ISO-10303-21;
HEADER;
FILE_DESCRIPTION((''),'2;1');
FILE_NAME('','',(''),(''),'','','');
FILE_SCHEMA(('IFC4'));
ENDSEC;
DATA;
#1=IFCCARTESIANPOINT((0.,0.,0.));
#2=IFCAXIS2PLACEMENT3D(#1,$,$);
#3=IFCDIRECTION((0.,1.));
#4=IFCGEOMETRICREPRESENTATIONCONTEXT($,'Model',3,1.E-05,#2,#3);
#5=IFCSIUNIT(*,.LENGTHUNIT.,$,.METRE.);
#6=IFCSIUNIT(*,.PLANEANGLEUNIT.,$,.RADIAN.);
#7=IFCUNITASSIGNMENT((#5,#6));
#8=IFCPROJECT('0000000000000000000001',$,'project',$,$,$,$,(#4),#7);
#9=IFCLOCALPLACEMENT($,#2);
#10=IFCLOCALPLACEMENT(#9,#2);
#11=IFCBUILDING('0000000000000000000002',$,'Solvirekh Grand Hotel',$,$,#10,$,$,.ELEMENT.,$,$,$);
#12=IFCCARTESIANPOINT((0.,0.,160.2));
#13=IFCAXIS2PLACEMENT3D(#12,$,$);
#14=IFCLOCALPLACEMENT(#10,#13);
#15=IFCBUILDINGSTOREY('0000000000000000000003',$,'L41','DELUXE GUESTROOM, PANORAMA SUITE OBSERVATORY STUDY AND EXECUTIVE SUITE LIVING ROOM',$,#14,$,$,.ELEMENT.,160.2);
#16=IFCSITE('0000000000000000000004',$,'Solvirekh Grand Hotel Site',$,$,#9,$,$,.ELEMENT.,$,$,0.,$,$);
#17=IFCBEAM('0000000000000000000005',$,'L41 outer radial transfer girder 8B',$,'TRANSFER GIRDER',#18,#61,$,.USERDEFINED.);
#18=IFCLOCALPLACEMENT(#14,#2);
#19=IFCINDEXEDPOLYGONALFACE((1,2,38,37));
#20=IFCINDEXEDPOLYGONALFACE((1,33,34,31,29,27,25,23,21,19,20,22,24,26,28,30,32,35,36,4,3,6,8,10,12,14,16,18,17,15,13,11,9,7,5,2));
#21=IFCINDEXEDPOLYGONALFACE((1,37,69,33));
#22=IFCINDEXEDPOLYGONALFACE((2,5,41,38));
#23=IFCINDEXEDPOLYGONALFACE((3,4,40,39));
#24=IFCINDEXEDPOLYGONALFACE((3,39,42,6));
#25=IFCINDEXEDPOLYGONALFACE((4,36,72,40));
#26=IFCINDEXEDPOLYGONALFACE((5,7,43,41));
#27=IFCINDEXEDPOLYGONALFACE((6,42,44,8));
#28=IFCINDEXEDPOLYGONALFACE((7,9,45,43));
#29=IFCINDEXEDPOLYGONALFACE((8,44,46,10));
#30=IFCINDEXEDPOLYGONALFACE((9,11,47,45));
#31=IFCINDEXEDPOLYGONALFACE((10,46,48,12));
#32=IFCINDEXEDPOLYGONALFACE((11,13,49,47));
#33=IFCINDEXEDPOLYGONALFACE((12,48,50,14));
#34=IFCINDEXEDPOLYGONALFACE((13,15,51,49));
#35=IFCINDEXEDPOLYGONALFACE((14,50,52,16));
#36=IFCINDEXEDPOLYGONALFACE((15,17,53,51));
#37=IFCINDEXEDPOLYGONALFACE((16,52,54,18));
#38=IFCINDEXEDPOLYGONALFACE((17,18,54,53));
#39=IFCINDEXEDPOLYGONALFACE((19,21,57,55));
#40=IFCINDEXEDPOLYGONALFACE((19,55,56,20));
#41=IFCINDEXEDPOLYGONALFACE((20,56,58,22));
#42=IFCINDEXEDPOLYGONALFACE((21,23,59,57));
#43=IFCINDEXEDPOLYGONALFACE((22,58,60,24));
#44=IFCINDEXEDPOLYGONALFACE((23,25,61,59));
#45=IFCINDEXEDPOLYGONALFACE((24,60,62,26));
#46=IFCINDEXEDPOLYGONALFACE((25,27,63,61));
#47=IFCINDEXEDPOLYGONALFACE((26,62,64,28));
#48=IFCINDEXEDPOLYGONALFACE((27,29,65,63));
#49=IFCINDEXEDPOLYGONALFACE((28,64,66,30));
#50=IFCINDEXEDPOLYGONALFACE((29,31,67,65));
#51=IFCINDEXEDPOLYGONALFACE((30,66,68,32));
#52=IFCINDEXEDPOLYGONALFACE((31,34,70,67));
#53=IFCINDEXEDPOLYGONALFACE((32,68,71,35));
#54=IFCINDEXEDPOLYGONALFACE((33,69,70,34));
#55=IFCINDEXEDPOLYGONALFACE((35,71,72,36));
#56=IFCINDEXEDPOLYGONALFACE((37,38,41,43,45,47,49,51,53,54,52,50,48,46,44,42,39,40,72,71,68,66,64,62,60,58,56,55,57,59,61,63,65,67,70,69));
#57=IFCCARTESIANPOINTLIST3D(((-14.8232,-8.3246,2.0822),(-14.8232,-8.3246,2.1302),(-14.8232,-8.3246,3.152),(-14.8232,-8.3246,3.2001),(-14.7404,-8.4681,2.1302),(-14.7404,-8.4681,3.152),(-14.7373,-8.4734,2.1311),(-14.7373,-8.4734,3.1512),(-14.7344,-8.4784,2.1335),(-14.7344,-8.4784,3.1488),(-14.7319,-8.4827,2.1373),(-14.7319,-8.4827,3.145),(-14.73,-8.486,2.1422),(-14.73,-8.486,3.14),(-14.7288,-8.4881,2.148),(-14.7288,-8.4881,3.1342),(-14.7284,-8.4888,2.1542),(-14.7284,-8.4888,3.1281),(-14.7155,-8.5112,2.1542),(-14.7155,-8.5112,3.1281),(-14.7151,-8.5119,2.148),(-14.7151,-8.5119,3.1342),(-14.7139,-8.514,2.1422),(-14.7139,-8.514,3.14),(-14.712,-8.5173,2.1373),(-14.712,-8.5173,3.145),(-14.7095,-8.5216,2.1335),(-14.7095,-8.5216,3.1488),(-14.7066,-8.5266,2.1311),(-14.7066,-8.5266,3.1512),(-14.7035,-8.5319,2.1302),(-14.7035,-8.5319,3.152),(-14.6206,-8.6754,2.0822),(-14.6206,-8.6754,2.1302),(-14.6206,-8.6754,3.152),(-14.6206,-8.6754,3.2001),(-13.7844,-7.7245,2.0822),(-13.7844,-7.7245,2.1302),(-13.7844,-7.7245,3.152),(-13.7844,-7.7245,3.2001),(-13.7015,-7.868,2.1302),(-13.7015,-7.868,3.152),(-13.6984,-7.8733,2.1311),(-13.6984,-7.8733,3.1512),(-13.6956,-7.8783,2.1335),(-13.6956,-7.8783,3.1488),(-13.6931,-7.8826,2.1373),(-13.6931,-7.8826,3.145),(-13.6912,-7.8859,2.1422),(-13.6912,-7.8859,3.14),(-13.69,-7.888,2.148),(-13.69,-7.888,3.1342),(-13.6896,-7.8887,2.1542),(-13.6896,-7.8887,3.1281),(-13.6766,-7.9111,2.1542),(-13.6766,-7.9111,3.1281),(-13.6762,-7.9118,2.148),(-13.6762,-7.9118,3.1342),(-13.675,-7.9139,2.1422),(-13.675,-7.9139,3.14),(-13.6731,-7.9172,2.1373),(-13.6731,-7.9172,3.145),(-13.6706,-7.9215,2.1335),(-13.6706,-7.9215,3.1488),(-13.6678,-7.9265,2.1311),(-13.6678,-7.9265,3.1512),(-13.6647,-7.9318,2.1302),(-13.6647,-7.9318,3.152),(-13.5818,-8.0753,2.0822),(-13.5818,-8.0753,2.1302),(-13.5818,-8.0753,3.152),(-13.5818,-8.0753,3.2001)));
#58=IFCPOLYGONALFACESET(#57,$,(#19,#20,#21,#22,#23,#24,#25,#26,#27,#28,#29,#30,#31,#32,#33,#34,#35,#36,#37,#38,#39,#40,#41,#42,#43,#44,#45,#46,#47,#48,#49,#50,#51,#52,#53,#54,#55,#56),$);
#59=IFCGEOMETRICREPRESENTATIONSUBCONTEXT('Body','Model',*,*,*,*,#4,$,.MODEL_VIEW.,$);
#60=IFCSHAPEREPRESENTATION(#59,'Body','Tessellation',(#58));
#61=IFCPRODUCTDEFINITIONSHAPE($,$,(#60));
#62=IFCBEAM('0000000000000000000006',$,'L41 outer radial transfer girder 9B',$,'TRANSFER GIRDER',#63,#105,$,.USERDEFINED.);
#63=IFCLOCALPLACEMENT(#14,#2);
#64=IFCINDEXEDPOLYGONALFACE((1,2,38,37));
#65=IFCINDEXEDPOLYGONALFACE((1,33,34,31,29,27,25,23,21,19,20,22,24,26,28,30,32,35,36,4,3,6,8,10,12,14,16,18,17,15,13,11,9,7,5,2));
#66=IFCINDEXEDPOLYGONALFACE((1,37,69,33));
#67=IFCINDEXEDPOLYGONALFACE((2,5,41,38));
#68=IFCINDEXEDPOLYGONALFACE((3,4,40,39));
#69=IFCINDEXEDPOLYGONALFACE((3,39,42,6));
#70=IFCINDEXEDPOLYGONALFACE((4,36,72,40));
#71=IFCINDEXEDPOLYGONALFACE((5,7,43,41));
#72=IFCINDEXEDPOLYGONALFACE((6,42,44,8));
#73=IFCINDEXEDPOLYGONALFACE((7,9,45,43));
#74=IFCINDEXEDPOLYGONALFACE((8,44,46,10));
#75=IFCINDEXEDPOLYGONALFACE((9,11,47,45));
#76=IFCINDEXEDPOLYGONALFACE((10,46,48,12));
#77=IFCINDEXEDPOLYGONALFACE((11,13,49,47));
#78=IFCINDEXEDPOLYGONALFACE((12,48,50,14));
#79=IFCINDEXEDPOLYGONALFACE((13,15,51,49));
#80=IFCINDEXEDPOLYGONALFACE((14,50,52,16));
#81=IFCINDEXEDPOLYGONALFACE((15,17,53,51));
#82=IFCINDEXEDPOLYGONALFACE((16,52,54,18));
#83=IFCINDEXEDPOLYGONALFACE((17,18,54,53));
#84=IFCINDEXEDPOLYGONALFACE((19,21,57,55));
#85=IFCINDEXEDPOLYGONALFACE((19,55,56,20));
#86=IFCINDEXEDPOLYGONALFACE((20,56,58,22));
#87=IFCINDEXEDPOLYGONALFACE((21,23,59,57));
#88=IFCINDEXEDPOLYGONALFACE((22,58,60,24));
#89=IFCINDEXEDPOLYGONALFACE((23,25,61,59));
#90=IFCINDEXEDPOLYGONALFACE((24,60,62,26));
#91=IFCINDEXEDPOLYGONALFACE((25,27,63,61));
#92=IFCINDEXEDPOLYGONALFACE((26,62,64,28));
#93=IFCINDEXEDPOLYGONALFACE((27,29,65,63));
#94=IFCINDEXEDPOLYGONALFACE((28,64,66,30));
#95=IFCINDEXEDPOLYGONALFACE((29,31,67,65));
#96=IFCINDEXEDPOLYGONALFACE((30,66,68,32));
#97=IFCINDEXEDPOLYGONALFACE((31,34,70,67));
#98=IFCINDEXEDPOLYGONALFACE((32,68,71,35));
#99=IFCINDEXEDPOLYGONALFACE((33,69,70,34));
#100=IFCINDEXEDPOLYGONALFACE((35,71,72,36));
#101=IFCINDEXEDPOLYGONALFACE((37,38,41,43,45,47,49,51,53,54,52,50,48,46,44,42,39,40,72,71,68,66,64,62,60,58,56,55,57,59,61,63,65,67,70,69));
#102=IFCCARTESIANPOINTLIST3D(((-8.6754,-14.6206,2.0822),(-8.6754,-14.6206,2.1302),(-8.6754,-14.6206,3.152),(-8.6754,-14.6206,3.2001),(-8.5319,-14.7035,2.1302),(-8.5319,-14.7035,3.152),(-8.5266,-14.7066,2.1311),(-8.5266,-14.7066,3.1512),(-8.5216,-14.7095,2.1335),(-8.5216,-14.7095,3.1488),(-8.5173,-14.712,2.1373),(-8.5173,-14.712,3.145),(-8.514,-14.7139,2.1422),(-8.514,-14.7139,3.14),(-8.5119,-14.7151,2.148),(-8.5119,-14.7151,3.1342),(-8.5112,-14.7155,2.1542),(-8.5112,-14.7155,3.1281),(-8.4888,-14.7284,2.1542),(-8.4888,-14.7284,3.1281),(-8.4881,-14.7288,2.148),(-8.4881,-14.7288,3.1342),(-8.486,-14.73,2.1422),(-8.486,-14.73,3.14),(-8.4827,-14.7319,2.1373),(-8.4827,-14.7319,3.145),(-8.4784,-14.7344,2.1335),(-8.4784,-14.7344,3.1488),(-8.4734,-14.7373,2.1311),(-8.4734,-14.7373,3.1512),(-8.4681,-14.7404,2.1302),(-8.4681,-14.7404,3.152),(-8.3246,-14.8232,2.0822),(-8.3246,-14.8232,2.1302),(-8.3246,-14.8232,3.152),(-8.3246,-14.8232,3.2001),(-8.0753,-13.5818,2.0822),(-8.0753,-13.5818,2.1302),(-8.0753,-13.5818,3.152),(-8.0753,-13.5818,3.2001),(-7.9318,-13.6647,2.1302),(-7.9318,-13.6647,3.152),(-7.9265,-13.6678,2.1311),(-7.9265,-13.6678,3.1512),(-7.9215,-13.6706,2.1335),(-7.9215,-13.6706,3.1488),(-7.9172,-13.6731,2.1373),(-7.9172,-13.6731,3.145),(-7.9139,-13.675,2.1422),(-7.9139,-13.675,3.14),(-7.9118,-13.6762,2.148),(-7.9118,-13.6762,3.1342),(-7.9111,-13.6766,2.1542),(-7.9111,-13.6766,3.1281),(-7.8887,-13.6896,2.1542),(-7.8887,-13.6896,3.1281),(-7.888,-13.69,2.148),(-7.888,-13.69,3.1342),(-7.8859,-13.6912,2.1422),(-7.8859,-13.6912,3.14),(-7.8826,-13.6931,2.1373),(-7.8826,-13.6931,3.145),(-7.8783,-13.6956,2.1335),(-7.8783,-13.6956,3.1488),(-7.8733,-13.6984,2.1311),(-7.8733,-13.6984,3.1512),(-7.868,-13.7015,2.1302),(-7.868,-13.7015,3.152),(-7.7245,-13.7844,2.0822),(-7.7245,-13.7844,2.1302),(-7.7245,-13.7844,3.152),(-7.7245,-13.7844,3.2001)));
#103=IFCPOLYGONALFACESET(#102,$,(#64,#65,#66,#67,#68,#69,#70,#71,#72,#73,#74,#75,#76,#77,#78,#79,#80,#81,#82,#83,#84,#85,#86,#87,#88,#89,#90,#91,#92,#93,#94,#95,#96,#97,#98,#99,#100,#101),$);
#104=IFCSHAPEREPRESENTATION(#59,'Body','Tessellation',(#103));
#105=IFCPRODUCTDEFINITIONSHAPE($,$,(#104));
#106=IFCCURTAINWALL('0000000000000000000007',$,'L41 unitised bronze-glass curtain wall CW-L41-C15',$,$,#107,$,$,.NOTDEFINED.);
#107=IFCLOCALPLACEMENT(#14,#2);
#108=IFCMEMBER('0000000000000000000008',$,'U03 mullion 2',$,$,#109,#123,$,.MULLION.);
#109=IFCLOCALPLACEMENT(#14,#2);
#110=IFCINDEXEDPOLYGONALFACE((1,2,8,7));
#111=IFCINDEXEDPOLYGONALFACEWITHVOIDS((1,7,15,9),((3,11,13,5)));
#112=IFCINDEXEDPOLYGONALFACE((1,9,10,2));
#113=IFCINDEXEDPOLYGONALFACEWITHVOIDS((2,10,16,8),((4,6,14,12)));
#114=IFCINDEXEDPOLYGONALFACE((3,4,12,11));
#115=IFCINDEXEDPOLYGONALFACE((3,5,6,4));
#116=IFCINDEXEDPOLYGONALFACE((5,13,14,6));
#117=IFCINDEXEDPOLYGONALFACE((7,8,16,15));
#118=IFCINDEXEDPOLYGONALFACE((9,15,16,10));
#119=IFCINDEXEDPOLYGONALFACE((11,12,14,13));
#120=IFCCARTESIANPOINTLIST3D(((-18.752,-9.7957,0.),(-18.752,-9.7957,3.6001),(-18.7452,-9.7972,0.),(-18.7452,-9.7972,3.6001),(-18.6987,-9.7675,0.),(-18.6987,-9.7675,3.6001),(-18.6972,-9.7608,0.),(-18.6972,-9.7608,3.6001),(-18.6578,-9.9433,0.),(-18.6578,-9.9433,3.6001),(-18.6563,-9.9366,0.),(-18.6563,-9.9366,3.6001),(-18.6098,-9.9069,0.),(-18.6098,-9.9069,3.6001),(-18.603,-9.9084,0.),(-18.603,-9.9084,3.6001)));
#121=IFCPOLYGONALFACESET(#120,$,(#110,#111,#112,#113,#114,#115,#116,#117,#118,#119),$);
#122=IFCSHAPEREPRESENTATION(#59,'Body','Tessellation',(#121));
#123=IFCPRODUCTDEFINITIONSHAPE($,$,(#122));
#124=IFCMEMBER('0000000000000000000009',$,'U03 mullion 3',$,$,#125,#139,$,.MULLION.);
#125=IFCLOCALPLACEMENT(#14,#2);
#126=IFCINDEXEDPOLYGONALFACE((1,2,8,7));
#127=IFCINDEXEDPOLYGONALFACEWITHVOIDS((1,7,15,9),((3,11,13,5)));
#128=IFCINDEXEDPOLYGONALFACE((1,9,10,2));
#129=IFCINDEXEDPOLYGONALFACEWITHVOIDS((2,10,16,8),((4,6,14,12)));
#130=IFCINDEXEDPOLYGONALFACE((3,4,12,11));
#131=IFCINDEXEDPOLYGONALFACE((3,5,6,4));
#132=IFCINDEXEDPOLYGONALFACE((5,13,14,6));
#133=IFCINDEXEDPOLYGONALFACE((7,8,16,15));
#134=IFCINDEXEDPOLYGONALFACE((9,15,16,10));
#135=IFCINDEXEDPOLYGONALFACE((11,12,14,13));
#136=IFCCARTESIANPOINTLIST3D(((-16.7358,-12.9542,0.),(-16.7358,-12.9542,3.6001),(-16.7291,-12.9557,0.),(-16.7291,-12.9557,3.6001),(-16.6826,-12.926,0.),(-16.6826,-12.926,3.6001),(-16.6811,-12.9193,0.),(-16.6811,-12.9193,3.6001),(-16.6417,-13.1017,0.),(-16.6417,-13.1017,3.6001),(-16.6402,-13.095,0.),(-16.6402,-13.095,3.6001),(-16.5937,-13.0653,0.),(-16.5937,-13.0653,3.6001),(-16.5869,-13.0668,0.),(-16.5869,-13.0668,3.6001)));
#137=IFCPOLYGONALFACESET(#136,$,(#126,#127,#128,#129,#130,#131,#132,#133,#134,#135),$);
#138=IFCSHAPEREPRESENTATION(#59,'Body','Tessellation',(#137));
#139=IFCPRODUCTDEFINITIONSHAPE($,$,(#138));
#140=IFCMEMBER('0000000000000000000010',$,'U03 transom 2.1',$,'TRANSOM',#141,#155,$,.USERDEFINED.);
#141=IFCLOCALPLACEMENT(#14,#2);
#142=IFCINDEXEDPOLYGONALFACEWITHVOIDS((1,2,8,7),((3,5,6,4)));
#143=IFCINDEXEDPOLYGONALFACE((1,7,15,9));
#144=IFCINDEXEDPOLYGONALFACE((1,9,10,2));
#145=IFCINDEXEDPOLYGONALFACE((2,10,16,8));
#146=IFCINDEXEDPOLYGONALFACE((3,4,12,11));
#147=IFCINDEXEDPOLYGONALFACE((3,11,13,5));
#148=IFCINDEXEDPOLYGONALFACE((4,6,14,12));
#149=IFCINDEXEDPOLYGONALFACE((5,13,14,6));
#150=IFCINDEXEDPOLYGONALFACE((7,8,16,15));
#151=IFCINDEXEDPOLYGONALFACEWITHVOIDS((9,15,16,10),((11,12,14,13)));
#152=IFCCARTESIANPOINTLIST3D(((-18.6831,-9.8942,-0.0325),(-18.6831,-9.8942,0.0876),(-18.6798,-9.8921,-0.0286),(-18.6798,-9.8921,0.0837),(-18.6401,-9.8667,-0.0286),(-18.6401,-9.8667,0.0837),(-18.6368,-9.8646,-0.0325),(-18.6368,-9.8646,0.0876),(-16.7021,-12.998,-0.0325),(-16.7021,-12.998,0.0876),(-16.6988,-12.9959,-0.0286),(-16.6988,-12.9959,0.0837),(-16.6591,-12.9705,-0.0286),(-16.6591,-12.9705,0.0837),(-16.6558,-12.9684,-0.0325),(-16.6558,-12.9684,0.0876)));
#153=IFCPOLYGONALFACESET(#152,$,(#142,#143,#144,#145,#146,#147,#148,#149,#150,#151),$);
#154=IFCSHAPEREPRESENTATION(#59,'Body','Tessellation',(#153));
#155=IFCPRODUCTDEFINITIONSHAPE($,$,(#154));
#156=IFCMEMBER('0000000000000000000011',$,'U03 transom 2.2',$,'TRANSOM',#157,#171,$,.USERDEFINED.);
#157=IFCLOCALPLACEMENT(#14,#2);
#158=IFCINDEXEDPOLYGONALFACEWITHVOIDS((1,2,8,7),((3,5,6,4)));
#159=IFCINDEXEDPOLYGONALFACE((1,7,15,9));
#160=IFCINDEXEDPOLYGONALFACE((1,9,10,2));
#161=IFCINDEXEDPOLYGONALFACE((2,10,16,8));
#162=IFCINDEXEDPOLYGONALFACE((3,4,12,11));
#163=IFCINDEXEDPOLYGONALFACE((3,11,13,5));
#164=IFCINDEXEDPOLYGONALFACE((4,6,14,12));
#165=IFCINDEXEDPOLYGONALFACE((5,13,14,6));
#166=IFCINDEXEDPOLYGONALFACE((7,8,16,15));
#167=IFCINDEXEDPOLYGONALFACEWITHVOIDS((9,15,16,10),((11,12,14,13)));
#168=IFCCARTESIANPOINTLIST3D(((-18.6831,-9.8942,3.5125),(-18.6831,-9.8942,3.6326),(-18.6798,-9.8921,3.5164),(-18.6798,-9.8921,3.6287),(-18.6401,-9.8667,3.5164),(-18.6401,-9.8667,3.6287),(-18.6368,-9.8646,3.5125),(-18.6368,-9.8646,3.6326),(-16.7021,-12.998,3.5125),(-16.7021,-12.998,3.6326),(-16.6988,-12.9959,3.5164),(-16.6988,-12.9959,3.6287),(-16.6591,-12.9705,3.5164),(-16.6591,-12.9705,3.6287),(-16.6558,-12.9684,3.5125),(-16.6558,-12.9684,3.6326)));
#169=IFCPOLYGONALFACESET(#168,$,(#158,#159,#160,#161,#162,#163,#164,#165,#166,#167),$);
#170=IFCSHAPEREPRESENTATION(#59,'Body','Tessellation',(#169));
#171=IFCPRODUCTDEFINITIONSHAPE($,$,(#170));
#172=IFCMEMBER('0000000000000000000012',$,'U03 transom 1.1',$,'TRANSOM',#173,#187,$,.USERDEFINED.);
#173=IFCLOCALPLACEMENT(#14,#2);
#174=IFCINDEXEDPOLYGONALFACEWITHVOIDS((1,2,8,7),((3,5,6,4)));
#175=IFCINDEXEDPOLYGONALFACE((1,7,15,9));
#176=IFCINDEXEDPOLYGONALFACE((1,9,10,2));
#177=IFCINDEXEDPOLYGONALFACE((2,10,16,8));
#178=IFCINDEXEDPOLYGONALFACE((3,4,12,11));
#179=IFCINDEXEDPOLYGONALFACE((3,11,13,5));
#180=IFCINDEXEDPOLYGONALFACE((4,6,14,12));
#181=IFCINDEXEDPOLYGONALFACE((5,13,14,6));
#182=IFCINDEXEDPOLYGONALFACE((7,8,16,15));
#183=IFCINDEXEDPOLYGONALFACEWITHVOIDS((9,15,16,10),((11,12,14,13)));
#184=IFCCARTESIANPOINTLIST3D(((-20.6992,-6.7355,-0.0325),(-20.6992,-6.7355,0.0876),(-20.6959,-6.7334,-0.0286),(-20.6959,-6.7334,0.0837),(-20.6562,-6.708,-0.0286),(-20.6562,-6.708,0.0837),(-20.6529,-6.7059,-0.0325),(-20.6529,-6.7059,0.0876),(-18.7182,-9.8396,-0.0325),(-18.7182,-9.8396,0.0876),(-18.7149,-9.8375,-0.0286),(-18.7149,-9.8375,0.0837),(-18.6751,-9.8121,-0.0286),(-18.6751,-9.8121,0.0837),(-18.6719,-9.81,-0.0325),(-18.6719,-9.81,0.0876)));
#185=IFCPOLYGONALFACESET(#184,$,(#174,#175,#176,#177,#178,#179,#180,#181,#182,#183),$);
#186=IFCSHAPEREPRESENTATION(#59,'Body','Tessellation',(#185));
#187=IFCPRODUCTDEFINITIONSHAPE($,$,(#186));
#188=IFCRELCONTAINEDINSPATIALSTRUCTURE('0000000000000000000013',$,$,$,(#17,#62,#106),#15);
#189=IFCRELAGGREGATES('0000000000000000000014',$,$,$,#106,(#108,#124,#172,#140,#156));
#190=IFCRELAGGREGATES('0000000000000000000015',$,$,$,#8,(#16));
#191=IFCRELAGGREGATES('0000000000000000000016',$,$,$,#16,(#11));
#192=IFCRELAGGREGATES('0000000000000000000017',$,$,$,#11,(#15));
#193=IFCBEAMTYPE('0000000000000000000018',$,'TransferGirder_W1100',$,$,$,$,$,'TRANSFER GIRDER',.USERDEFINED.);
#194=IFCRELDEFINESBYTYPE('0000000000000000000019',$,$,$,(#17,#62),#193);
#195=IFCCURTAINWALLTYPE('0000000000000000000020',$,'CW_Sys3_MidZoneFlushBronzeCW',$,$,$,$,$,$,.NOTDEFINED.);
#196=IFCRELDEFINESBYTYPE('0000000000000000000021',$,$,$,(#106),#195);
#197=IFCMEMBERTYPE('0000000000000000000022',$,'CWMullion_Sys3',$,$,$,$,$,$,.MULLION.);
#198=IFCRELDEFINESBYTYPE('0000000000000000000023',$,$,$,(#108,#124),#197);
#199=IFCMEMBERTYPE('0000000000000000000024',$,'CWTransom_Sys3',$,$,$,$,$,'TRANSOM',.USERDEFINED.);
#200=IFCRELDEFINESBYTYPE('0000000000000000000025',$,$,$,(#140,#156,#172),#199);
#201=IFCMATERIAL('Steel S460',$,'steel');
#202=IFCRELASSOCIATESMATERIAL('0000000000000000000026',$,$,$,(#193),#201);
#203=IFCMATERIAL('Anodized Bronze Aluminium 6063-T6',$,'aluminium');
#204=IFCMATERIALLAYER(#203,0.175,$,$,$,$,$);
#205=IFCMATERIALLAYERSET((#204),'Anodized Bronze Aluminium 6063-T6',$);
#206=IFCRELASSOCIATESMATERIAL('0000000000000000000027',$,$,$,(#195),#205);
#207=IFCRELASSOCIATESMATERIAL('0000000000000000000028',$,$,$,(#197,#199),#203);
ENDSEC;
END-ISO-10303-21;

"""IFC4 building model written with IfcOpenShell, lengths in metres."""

from ifc_helpers import new_model, si_unit, direction, frame, origin, origin_2d, place, context, subcontext, project, spatial, hollow_rectangle, i_section, extrude, source, transform, mapped, material, layer, layer_set, material_profile, profile_set, type_object, element, aggregate, save


model = new_model("IFC4")

# Units and contexts
model_context = context("Model", 3, precision=1e-05, world=origin(), true_north=direction((0.0, 1.0)))
body_context = subcontext(model_context, "Body", "Model", "MODEL_VIEW")
ifc_project = project(units=[si_unit("LENGTHUNIT", "METRE"), si_unit("PLANEANGLEUNIT", "RADIAN")], contexts=[model_context])

# Site, building, storey
site_placement = place(None, origin())
site = spatial("IfcSite", under=ifc_project, at=site_placement, Name="Solvirekh Grand Hotel Site", CompositionType="ELEMENT", RefElevation=0.0)
building_placement = place(site_placement, origin())
building = spatial("IfcBuilding", under=site, at=building_placement, Name="Solvirekh Grand Hotel", CompositionType="ELEMENT")
storey_placement = place(building_placement, frame((0.0, 0.0, 160.2)))
storey = spatial("IfcBuildingStorey", under=building, at=storey_placement, Name="L41", Description="DELUXE GUESTROOM, PANORAMA SUITE OBSERVATORY STUDY AND EXECUTIVE SUITE LIVING ROOM", CompositionType="ELEMENT", Elevation=160.2)

# Beams
ifc_material_1 = material(Name="Steel S460", Category="steel")
ifc_material_profile_1 = material_profile(ifc_material_1, i_section(OverallWidth=0.405, OverallDepth=1.1179, WebThickness=0.0259, FlangeThickness=0.0481, FilletRadius=0.0239, at=origin_2d()), Name="W1100X499")
ifc_profile_set_1 = profile_set([ifc_material_profile_1], Name="Steel S460")
beam_type_1 = type_object("IfcBeamType", Name="TransferGirder_W1100", ElementType="TRANSFER GIRDER", PredefinedType="USERDEFINED", material=ifc_profile_set_1)
for number, where, z_axis, x_axis, name in (
    (1, (-13.6831, -7.8999, 2.6411), (-0.865904, -0.50021, 0.0), (0.50021, -0.865904, 0.0), "L41 outer radial transfer girder 8B"),
    (2, (-7.8999, -13.6831, 2.6411), (-0.50021, -0.865904, 0.0), (0.865904, -0.50021, 0.0), "L41 outer radial transfer girder 9B"),
):
    element("IfcBeam", number, at=place(storey_placement, frame(where, z_axis=z_axis, x_axis=x_axis)), inside=storey, type_object=beam_type_1, Name=name, ObjectType="TRANSFER GIRDER", PredefinedType="USERDEFINED", context=body_context, shape_type="SweptSolid", body=[
        extrude(i_section(OverallWidth=0.405, OverallDepth=1.1179, WebThickness=0.0259, FlangeThickness=0.0481, FilletRadius=0.0239, at=origin_2d()), origin(), (0.0, 0.0, 1.0), 1.1997),
    ])

# Curtain wall, members
ifc_material_2 = material(Name="Anodized Bronze Aluminium 6063-T6", Category="aluminium")
ifc_layer_1 = layer(ifc_material_2, 0.175)
ifc_layer_set_1 = layer_set([ifc_layer_1], Name="Anodized Bronze Aluminium 6063-T6")
curtain_wall_type = type_object("IfcCurtainWallType", Name="CW_Sys3_MidZoneFlushBronzeCW", PredefinedType="NOTDEFINED", material=ifc_layer_set_1)
curtain_wall_placement = place(storey_placement, origin())
curtain_wall = element("IfcCurtainWall", 3, at=curtain_wall_placement, inside=storey, type_object=curtain_wall_type, Name="L41 unitised bronze-glass curtain wall CW-L41-C15", PredefinedType="NOTDEFINED")
ifc_material_profile_2 = material_profile(ifc_material_2, hollow_rectangle(XDim=0.0649, YDim=0.175, WallThickness=0.0049, at=origin_2d()), Name="ALU RHS 175X65X5")
ifc_profile_set_2 = profile_set([ifc_material_profile_2], Name="Anodized Bronze Aluminium 6063-T6")
member_type_1 = type_object("IfcMemberType", Name="CWMullion_Sys3", PredefinedType="MULLION", material=ifc_profile_set_2)
shared_shape_1 = source(origin(), body_context, "Body", "SweptSolid", [
    extrude(hollow_rectangle(XDim=0.0649, YDim=0.175, WallThickness=0.0049, at=origin_2d()), origin(), (0.0, 0.0, 1.0), 3.6001),
])
member_1_placement = place(storey_placement, frame((-18.6775, -9.8521, 0.0), z_axis=(0.0, 0.0, 1.0), x_axis=(0.842936, 0.538013, 0.0)))
member_1 = element("IfcMember", 4, at=member_1_placement, type_object=member_type_1, Name="U03 mullion 2", PredefinedType="MULLION", context=body_context, shape_type="MappedRepresentation", body=[
    mapped(shared_shape_1, transform((0.0, 0.0, 0.0), x_axis=(1.0, 0.0, 0.0), y_axis=(0.0, 1.0, 0.0), z_axis=(0.0, 0.0, 1.0), scale=1.0)),
])
member_2_placement = place(storey_placement, frame((-16.6614, -13.0105, 0.0), z_axis=(0.0, 0.0, 1.0), x_axis=(0.842936, 0.538013, 0.0)))
member_2 = element("IfcMember", 5, at=member_2_placement, type_object=member_type_1, Name="U03 mullion 3", PredefinedType="MULLION", context=body_context, shape_type="MappedRepresentation", body=[
    mapped(shared_shape_1, transform((0.0, 0.0, 0.0), x_axis=(1.0, 0.0, 0.0), y_axis=(0.0, 1.0, 0.0), z_axis=(0.0, 0.0, 1.0), scale=1.0)),
])
ifc_material_profile_3 = material_profile(ifc_material_2, hollow_rectangle(XDim=0.0549, YDim=0.1201, WallThickness=0.0039, at=origin_2d()), Name="ALU RHS 120X55X4")
ifc_profile_set_3 = profile_set([ifc_material_profile_3], Name="Anodized Bronze Aluminium 6063-T6")
member_type_2 = type_object("IfcMemberType", Name="CWTransom_Sys3", ElementType="TRANSOM", PredefinedType="USERDEFINED", material=ifc_profile_set_3)
shared_shape_2 = source(origin(), body_context, "Body", "SweptSolid", [
    extrude(hollow_rectangle(XDim=0.0549, YDim=0.1201, WallThickness=0.0039, at=origin_2d()), origin(), (0.0, 0.0, 1.0), 3.6821),
])
member_3_placement = place(storey_placement, frame((-18.6599, -9.8794, 0.0276), z_axis=(0.538003, -0.842943, 0.0), x_axis=(0.842943, 0.538003, 0.0)))
member_3 = element("IfcMember", 6, at=member_3_placement, type_object=member_type_2, Name="U03 transom 2.1", ObjectType="TRANSOM", PredefinedType="USERDEFINED", context=body_context, shape_type="MappedRepresentation", body=[
    mapped(shared_shape_2, transform((0.0, 0.0, 0.0), x_axis=(1.0, 0.0, 0.0), y_axis=(0.0, 1.0, 0.0), z_axis=(0.0, 0.0, 1.0), scale=1.0)),
])
member_4_placement = place(storey_placement, frame((-18.6599, -9.8794, 3.5725), z_axis=(0.538003, -0.842943, 0.0), x_axis=(0.842943, 0.538003, 0.0)))
member_4 = element("IfcMember", 7, at=member_4_placement, type_object=member_type_2, Name="U03 transom 2.2", ObjectType="TRANSOM", PredefinedType="USERDEFINED", context=body_context, shape_type="MappedRepresentation", body=[
    mapped(shared_shape_2, transform((0.0, 0.0, 0.0), x_axis=(1.0, 0.0, 0.0), y_axis=(0.0, 1.0, 0.0), z_axis=(0.0, 0.0, 1.0), scale=1.0)),
])
shared_shape_3 = source(origin(), body_context, "Body", "SweptSolid", [
    extrude(hollow_rectangle(XDim=0.0549, YDim=0.1201, WallThickness=0.0039, at=origin_2d()), origin(), (0.0, 0.0, 1.0), 3.6824),
])
member_5_placement = place(storey_placement, frame((-20.676, -6.7207, 0.0276), z_axis=(0.537973, -0.842962, 0.0), x_axis=(0.842962, 0.537973, 0.0)))
member_5 = element("IfcMember", 8, at=member_5_placement, type_object=member_type_2, Name="U03 transom 1.1", ObjectType="TRANSOM", PredefinedType="USERDEFINED", context=body_context, shape_type="MappedRepresentation", body=[
    mapped(shared_shape_3, transform((0.0, 0.0, 0.0), x_axis=(1.0, 0.0, 0.0), y_axis=(0.0, 1.0, 0.0), z_axis=(0.0, 0.0, 1.0), scale=1.0)),
])
aggregate(curtain_wall, [member_1, member_2, member_5, member_3, member_4])

save(model, "model.ifc")
